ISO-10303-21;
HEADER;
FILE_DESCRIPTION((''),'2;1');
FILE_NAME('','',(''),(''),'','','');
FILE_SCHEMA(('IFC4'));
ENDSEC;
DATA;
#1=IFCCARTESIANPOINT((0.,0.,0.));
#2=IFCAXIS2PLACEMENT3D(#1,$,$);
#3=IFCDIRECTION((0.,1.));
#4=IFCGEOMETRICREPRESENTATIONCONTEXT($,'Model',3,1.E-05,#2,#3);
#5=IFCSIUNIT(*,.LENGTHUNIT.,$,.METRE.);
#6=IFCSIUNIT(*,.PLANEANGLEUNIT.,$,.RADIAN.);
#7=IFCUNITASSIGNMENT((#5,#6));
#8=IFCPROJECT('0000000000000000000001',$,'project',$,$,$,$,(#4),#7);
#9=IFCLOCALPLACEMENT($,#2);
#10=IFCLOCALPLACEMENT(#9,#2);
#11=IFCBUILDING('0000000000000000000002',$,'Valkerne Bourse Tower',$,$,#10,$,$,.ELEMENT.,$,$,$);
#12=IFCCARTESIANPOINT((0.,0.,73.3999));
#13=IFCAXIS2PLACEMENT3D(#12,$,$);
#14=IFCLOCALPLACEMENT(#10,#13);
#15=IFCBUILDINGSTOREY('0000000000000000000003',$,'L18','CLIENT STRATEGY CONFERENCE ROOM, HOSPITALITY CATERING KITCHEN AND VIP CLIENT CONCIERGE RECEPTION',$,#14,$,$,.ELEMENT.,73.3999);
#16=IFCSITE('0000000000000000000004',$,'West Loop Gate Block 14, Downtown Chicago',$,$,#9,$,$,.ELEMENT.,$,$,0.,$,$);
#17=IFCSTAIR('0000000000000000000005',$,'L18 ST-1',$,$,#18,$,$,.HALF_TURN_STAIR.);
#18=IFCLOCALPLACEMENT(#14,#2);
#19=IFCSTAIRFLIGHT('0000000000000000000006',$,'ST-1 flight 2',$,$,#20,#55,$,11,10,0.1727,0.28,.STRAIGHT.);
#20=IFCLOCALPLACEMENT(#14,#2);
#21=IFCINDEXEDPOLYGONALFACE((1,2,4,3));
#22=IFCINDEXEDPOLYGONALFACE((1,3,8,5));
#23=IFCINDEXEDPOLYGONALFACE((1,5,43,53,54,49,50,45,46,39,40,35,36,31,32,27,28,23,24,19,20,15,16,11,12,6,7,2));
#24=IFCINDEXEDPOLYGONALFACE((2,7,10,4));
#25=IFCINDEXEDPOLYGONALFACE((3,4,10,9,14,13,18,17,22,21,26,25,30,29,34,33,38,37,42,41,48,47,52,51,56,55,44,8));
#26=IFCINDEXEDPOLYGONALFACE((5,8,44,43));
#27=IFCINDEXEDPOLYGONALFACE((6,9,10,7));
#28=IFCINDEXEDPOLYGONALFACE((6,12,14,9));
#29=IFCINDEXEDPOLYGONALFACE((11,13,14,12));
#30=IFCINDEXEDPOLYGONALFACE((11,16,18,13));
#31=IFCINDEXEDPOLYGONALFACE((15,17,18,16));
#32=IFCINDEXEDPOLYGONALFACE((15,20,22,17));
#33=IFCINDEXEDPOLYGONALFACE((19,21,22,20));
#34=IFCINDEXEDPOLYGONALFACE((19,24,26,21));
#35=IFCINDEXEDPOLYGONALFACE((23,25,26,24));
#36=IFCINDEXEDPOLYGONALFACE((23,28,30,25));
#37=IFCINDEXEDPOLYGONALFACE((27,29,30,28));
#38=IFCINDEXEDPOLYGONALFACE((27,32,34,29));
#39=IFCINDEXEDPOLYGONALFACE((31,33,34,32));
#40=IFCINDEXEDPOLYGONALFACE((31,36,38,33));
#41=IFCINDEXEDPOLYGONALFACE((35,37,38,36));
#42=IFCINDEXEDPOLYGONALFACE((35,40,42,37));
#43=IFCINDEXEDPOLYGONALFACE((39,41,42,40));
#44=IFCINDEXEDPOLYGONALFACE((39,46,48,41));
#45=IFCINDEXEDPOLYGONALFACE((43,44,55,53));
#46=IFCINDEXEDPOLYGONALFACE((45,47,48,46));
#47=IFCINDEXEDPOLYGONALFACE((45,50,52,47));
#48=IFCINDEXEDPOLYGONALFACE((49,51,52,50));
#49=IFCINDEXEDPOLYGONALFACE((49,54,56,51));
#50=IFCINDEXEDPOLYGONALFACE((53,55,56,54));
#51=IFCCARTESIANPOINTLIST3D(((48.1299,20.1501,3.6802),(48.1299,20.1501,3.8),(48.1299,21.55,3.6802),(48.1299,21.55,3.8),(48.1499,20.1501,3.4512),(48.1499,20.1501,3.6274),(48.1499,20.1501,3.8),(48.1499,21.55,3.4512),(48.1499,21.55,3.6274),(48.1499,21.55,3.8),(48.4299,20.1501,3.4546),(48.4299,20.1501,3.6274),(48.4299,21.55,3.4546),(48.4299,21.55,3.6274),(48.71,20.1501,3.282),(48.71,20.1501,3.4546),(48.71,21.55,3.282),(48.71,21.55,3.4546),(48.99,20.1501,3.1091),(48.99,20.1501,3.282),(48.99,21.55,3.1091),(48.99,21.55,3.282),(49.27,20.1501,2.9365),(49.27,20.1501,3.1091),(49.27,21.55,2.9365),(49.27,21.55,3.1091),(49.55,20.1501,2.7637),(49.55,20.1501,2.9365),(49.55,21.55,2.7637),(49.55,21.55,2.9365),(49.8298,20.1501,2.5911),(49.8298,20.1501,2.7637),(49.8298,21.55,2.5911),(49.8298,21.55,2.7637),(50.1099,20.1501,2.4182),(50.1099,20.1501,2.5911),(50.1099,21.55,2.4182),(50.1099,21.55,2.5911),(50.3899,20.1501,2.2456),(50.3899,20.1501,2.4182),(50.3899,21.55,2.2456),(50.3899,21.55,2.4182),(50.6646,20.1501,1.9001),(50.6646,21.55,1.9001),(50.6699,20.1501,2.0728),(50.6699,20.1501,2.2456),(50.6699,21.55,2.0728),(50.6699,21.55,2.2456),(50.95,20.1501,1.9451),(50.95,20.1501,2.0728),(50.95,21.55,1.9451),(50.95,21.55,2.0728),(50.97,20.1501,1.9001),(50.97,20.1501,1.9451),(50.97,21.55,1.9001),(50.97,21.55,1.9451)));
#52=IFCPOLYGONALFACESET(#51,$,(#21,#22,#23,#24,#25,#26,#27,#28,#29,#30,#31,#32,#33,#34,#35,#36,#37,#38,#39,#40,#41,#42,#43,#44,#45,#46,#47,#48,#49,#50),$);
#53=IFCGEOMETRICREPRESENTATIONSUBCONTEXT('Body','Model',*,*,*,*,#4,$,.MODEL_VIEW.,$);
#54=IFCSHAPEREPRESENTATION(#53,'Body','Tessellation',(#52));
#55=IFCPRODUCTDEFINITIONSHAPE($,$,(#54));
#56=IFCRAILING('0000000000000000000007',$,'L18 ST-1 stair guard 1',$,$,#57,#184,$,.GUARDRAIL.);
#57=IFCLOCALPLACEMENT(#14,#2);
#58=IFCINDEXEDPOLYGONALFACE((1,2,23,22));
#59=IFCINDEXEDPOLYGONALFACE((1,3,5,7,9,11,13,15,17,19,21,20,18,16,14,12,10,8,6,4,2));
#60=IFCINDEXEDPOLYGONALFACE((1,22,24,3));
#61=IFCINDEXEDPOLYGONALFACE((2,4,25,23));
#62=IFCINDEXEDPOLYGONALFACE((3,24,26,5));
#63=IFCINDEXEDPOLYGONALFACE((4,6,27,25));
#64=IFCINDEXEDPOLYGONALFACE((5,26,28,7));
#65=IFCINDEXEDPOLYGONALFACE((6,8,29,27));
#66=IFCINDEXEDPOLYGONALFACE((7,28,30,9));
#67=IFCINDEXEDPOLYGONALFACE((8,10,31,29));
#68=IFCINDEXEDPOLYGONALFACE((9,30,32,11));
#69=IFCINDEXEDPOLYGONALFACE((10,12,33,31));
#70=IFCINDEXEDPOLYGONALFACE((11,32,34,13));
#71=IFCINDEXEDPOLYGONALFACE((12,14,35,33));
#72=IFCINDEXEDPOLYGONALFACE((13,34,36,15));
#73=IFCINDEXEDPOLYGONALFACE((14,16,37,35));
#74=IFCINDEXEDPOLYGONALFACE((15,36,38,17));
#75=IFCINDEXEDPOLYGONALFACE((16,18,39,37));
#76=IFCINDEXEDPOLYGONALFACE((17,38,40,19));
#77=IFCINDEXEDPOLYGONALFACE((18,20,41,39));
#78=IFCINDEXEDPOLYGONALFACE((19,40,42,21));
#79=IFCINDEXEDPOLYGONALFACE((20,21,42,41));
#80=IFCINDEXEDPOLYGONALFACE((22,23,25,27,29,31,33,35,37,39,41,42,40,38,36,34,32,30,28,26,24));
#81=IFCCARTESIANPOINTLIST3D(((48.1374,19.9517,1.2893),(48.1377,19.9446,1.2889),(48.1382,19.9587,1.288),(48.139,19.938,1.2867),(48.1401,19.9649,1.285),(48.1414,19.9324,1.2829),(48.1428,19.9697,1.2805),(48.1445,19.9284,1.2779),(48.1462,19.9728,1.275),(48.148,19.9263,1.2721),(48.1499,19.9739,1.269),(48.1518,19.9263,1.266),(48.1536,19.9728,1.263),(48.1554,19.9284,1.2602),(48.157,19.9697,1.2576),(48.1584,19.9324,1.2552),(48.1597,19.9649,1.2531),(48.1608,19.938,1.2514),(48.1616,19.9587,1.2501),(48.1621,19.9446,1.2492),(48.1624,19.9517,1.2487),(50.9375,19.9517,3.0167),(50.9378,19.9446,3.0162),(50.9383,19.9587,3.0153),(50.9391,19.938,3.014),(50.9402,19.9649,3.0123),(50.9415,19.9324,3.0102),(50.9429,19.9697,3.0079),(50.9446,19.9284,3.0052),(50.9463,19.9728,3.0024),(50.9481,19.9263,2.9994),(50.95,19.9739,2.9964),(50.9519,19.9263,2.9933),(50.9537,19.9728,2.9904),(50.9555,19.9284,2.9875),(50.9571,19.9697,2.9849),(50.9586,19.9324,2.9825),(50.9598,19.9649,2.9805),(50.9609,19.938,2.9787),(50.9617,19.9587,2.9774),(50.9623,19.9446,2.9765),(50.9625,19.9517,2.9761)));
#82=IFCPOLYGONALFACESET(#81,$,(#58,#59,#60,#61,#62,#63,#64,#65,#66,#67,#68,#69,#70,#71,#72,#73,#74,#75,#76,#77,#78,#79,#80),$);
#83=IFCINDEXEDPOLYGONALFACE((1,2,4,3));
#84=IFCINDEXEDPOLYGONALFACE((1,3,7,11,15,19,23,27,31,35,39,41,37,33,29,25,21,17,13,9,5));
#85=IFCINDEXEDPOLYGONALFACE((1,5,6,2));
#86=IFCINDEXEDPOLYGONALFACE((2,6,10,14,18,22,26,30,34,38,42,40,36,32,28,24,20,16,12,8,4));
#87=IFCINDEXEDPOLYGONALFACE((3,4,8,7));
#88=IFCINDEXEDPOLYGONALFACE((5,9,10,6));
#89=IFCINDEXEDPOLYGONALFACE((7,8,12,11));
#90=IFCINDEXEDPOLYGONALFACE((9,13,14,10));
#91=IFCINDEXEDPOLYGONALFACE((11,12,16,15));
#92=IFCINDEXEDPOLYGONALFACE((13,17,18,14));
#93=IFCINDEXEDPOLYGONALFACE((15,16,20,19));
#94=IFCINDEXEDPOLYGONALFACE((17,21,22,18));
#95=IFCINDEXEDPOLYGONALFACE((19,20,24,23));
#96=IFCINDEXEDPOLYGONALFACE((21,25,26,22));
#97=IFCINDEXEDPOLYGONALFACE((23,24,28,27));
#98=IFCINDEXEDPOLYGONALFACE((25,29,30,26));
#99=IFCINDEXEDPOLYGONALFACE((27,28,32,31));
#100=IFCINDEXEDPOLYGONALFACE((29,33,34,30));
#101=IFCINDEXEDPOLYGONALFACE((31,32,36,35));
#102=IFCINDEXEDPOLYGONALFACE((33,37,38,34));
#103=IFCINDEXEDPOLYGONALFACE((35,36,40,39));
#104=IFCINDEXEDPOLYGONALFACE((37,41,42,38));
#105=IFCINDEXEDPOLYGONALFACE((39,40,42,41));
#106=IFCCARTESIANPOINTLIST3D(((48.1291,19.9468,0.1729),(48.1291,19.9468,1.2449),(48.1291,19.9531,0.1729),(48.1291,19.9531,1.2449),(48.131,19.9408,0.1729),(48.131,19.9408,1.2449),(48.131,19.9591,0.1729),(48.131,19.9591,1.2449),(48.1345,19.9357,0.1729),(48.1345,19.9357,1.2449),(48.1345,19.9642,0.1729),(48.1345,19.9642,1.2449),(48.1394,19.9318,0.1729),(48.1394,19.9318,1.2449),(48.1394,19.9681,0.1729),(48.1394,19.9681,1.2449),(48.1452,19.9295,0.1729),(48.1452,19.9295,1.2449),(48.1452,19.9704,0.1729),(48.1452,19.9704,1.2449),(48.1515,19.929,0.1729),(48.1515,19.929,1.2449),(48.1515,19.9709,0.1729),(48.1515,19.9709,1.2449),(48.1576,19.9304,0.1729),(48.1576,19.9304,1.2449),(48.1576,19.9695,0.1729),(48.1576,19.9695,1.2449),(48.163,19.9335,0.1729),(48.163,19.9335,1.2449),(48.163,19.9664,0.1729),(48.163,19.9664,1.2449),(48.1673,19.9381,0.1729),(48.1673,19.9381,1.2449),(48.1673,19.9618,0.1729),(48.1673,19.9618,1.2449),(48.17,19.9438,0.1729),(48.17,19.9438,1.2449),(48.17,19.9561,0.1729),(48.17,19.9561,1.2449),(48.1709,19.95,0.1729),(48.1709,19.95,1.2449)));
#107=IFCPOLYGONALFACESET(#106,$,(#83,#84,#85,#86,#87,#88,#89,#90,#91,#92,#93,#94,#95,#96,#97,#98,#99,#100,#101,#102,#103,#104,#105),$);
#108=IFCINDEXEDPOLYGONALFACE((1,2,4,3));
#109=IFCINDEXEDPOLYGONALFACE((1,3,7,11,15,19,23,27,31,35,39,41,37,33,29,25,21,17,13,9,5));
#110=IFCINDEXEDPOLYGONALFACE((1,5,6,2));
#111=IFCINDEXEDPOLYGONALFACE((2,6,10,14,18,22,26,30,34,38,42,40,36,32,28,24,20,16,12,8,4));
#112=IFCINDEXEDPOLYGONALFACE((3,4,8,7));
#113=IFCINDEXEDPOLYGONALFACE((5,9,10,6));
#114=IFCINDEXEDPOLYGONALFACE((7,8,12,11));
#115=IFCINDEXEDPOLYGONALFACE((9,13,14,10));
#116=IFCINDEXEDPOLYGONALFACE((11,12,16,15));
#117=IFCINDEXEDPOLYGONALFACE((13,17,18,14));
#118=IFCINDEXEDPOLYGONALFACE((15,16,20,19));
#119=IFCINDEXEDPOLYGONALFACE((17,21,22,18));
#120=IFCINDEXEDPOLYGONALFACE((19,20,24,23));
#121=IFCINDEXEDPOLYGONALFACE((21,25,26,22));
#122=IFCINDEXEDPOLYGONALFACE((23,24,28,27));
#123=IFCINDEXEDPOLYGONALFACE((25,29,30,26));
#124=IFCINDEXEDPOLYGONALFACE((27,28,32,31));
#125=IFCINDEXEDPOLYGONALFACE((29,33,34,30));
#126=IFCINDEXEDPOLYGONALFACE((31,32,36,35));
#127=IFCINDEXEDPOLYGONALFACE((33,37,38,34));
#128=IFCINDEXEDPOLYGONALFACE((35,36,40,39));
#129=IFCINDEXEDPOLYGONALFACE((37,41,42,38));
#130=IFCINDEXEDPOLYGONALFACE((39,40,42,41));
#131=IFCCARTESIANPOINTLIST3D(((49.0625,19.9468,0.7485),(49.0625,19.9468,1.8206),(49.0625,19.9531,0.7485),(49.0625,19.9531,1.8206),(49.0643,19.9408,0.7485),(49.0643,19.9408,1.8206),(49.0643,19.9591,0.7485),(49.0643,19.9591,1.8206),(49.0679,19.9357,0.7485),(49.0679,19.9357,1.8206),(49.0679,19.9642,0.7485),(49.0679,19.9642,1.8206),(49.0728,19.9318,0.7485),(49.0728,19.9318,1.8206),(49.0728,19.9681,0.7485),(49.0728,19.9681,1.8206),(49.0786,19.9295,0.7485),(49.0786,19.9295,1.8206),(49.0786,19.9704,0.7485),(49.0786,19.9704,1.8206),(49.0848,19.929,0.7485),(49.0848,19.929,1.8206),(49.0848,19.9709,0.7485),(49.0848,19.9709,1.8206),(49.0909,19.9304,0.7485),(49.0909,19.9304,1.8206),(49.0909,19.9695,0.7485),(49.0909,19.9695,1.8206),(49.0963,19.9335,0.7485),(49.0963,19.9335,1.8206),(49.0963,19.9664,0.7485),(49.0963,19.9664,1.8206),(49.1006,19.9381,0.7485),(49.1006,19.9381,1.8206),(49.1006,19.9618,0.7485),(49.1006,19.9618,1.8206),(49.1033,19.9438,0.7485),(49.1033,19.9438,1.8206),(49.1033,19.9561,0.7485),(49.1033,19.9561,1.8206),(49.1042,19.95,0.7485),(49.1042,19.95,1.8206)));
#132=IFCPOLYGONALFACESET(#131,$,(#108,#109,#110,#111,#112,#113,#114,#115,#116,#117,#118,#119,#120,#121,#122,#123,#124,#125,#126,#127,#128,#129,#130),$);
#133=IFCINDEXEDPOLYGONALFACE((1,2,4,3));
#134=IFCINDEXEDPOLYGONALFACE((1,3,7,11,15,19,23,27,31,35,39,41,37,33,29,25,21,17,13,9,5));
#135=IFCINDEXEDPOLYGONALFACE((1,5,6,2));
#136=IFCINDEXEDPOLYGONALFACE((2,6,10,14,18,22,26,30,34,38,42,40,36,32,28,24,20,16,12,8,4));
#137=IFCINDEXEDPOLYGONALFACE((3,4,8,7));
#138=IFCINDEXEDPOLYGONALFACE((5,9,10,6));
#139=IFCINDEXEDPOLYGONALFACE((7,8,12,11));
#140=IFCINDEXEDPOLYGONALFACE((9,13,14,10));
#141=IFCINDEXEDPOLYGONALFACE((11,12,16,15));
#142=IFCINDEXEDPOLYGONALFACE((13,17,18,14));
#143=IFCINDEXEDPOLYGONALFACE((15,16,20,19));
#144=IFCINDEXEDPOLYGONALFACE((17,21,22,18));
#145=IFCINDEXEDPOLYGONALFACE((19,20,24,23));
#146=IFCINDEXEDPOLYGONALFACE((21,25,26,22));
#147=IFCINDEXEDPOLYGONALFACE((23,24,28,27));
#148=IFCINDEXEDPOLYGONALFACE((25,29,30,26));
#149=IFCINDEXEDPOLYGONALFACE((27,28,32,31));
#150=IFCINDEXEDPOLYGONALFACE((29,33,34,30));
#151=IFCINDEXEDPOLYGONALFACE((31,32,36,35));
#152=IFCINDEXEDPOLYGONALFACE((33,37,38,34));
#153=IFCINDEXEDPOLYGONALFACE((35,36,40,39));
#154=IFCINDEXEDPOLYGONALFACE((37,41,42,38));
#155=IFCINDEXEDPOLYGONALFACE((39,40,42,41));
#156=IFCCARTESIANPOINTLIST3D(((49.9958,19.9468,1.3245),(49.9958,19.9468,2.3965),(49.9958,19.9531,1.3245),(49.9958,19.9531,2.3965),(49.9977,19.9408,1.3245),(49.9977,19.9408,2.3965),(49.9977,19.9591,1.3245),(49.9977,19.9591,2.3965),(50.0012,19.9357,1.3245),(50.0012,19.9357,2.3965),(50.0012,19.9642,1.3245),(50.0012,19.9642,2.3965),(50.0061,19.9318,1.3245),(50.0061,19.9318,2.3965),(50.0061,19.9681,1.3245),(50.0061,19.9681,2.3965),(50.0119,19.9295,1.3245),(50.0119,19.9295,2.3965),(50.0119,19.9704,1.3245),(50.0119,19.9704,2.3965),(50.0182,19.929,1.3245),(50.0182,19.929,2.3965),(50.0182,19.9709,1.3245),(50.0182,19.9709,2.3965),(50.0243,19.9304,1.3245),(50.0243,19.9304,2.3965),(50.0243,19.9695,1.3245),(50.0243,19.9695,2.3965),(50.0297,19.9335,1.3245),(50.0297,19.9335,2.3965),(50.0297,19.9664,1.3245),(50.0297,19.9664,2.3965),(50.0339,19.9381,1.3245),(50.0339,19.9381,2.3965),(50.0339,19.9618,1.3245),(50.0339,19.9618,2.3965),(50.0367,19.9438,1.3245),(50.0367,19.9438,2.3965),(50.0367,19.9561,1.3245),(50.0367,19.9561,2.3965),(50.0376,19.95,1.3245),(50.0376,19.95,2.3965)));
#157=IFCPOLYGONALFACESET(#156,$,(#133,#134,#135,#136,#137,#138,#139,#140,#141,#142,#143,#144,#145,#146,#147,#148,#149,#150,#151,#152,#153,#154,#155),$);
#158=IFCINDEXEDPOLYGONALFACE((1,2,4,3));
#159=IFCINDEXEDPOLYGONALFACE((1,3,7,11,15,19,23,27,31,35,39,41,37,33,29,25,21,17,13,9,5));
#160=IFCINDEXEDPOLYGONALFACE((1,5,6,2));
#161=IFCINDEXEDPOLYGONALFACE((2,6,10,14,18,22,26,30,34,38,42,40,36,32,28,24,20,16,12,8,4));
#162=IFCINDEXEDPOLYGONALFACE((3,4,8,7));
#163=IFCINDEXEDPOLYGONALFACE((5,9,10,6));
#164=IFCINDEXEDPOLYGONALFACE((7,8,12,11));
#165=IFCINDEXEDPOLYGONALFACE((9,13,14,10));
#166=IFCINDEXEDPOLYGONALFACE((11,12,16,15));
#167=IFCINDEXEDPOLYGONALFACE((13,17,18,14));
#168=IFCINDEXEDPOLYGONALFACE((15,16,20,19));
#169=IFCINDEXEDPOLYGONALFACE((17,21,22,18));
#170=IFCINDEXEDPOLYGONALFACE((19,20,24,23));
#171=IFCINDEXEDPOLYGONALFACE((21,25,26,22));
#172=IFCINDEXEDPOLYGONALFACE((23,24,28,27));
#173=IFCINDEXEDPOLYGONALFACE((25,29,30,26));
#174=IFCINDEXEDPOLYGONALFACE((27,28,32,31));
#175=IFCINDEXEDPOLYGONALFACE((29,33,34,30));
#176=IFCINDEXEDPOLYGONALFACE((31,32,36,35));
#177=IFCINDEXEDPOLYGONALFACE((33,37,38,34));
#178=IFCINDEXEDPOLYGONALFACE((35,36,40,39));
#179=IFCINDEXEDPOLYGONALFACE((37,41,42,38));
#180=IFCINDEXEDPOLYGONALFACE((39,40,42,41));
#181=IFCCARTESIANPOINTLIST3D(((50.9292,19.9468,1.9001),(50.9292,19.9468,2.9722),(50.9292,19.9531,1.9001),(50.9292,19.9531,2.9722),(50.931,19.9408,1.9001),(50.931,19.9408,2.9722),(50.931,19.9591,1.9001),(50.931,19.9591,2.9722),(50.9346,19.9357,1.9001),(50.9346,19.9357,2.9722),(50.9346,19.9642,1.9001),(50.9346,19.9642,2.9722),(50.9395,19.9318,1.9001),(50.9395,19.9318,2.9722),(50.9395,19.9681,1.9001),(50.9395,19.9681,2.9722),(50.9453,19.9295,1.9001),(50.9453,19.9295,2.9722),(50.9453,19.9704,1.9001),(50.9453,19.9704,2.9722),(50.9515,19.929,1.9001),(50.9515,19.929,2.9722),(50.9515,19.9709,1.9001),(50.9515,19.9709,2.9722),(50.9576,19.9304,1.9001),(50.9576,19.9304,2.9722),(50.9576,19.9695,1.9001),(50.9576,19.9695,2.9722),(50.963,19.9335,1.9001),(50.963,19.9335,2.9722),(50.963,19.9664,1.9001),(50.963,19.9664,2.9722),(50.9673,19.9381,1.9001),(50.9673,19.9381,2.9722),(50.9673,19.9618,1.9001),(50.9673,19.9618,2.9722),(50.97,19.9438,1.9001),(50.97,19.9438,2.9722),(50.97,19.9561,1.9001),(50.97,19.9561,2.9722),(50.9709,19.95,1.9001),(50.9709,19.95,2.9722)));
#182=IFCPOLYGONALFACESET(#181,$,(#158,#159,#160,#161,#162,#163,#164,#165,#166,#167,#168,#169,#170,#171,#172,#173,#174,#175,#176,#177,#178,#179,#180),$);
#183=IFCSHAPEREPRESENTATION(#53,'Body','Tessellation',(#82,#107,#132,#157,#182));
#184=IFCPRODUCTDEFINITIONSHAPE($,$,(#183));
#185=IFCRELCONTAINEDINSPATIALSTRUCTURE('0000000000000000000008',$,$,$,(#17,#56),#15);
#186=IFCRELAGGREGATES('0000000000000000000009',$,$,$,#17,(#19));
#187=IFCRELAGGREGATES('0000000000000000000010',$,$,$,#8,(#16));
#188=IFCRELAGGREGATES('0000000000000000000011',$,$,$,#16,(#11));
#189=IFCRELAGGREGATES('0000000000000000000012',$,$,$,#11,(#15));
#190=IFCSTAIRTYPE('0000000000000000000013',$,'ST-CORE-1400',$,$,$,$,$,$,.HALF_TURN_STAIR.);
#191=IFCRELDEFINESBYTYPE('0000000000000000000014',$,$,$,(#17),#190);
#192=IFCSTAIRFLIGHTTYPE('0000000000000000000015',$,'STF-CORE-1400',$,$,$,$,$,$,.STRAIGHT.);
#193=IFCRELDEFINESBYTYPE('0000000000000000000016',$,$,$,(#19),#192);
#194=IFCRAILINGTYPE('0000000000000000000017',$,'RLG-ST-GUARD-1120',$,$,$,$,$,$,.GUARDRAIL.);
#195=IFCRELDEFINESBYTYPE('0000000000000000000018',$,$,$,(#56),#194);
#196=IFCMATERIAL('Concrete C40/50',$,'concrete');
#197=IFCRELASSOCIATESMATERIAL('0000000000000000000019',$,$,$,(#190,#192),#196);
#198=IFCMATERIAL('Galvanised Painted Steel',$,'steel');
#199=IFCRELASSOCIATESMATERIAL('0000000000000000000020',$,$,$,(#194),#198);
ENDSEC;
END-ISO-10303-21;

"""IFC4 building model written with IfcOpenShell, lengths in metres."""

from ifc_helpers import new_model, si_unit, direction, frame, origin, origin_2d, place, context, subcontext, project, spatial, polyline, circle, outline, extrude, material, type_object, element, aggregate, save


model = new_model("IFC4")

# Units and contexts
model_context = context("Model", 3, precision=1e-05, world=origin(), true_north=direction((0.0, 1.0)))
body_context = subcontext(model_context, "Body", "Model", "MODEL_VIEW")
ifc_project = project(units=[si_unit("LENGTHUNIT", "METRE"), si_unit("PLANEANGLEUNIT", "RADIAN")], contexts=[model_context])

# Site, building, storey
site_placement = place(None, origin())
site = spatial("IfcSite", under=ifc_project, at=site_placement, Name="West Loop Gate Block 14, Downtown Chicago", CompositionType="ELEMENT", RefElevation=0.0)
building_placement = place(site_placement, origin())
building = spatial("IfcBuilding", under=site, at=building_placement, Name="Valkerne Bourse Tower", CompositionType="ELEMENT")
storey_placement = place(building_placement, frame((0.0, 0.0, 73.3999)))
storey = spatial("IfcBuildingStorey", under=building, at=storey_placement, Name="L18", Description="CLIENT STRATEGY CONFERENCE ROOM, HOSPITALITY CATERING KITCHEN AND VIP CLIENT CONCIERGE RECEPTION", CompositionType="ELEMENT", Elevation=73.3999)

# Shared definitions
ifc_material_1 = material(Name="Galvanised Painted Steel", Category="steel")

# Stair, stair flight
ifc_material_2 = material(Name="Concrete C40/50", Category="concrete")
stair_type = type_object("IfcStairType", Name="ST-CORE-1400", PredefinedType="HALF_TURN_STAIR", material=ifc_material_2)
stair_placement = place(storey_placement, origin())
stair = element("IfcStair", 1, at=stair_placement, inside=storey, type_object=stair_type, Name="L18 ST-1", PredefinedType="HALF_TURN_STAIR")
stair_flight_type = type_object("IfcStairFlightType", Name="STF-CORE-1400", PredefinedType="STRAIGHT", material=ifc_material_2)
stair_flight_1_placement = place(storey_placement, frame((50.95, 20.8501, 1.9001), z_axis=(0.0, 0.0, 1.0), x_axis=(-1.0, 0.0, 0.0)))
stair_flight_1 = element("IfcStairFlight", 2, at=stair_flight_1_placement, type_object=stair_flight_type, Name="ST-1 flight 2", NumberOfRisers=11, NumberOfTreads=10, PredefinedType="STRAIGHT", RiserHeight=0.1727, TreadLength=0.28, context=body_context, shape_type="SweptSolid", body=[
    extrude(outline(polyline([(-0.02, 0.0), (-0.02, 0.0449), (0.0, 0.0449), (0.0, 0.1726), (0.28, 0.1726), (0.28, 0.3455), (0.5601, 0.3455), (0.5601, 0.5181), (0.8401, 0.5181), (0.8401, 0.6909), (1.1201, 0.6909), (1.1201, 0.8635), (1.3999, 0.8635), (1.3999, 1.0364), (1.6799, 1.0364), (1.6799, 1.209), (1.96, 1.209), (1.96, 1.3818), (2.24, 1.3818), (2.24, 1.5544), (2.52, 1.5544), (2.52, 1.7273), (2.8, 1.7273), (2.8, 1.8999), (2.8201, 1.8999), (2.8201, 1.78), (2.8, 1.551), (0.2854, 0.0), (-0.02, 0.0)])), frame((0.0, 0.7, 0.0), z_axis=(0.0, -1.0, 0.0), x_axis=(1.0, 0.0, 0.0)), (0.0, 0.0, 1.0), 1.3999),
])
aggregate(stair, [stair_flight_1])

# Railing
railing_type_1 = type_object("IfcRailingType", Name="RLG-ST-GUARD-1120", PredefinedType="GUARDRAIL", material=ifc_material_1)
railing_1_placement = place(storey_placement, frame((48.1499, 19.95, 0.1729)))
element("IfcRailing", 3, at=railing_1_placement, inside=storey, type_object=railing_type_1, Name="L18 ST-1 stair guard 1", PredefinedType="GUARDRAIL", context=body_context, shape_type="SweptSolid", body=[
    extrude(circle(Radius=0.0239, at=origin_2d()), frame((0.0, 0.0, 1.0962), z_axis=(0.85109, 0.0, 0.52502), x_axis=(0.0, 1.0, 0.0)), (0.0, 0.0, 1.0), 3.29),
    extrude(circle(Radius=0.021, at=origin_2d()), origin(), (0.0, 0.0, 1.0), 1.072),
    extrude(circle(Radius=0.021, at=origin_2d()), frame((0.9333, 0.0, 0.5757)), (0.0, 0.0, 1.0), 1.072),
    extrude(circle(Radius=0.021, at=origin_2d()), frame((1.8667, 0.0, 1.1516)), (0.0, 0.0, 1.0), 1.072),
    extrude(circle(Radius=0.021, at=origin_2d()), frame((2.8, 0.0, 1.7273)), (0.0, 0.0, 1.0), 1.072),
])

save(model, "model.ifc")
